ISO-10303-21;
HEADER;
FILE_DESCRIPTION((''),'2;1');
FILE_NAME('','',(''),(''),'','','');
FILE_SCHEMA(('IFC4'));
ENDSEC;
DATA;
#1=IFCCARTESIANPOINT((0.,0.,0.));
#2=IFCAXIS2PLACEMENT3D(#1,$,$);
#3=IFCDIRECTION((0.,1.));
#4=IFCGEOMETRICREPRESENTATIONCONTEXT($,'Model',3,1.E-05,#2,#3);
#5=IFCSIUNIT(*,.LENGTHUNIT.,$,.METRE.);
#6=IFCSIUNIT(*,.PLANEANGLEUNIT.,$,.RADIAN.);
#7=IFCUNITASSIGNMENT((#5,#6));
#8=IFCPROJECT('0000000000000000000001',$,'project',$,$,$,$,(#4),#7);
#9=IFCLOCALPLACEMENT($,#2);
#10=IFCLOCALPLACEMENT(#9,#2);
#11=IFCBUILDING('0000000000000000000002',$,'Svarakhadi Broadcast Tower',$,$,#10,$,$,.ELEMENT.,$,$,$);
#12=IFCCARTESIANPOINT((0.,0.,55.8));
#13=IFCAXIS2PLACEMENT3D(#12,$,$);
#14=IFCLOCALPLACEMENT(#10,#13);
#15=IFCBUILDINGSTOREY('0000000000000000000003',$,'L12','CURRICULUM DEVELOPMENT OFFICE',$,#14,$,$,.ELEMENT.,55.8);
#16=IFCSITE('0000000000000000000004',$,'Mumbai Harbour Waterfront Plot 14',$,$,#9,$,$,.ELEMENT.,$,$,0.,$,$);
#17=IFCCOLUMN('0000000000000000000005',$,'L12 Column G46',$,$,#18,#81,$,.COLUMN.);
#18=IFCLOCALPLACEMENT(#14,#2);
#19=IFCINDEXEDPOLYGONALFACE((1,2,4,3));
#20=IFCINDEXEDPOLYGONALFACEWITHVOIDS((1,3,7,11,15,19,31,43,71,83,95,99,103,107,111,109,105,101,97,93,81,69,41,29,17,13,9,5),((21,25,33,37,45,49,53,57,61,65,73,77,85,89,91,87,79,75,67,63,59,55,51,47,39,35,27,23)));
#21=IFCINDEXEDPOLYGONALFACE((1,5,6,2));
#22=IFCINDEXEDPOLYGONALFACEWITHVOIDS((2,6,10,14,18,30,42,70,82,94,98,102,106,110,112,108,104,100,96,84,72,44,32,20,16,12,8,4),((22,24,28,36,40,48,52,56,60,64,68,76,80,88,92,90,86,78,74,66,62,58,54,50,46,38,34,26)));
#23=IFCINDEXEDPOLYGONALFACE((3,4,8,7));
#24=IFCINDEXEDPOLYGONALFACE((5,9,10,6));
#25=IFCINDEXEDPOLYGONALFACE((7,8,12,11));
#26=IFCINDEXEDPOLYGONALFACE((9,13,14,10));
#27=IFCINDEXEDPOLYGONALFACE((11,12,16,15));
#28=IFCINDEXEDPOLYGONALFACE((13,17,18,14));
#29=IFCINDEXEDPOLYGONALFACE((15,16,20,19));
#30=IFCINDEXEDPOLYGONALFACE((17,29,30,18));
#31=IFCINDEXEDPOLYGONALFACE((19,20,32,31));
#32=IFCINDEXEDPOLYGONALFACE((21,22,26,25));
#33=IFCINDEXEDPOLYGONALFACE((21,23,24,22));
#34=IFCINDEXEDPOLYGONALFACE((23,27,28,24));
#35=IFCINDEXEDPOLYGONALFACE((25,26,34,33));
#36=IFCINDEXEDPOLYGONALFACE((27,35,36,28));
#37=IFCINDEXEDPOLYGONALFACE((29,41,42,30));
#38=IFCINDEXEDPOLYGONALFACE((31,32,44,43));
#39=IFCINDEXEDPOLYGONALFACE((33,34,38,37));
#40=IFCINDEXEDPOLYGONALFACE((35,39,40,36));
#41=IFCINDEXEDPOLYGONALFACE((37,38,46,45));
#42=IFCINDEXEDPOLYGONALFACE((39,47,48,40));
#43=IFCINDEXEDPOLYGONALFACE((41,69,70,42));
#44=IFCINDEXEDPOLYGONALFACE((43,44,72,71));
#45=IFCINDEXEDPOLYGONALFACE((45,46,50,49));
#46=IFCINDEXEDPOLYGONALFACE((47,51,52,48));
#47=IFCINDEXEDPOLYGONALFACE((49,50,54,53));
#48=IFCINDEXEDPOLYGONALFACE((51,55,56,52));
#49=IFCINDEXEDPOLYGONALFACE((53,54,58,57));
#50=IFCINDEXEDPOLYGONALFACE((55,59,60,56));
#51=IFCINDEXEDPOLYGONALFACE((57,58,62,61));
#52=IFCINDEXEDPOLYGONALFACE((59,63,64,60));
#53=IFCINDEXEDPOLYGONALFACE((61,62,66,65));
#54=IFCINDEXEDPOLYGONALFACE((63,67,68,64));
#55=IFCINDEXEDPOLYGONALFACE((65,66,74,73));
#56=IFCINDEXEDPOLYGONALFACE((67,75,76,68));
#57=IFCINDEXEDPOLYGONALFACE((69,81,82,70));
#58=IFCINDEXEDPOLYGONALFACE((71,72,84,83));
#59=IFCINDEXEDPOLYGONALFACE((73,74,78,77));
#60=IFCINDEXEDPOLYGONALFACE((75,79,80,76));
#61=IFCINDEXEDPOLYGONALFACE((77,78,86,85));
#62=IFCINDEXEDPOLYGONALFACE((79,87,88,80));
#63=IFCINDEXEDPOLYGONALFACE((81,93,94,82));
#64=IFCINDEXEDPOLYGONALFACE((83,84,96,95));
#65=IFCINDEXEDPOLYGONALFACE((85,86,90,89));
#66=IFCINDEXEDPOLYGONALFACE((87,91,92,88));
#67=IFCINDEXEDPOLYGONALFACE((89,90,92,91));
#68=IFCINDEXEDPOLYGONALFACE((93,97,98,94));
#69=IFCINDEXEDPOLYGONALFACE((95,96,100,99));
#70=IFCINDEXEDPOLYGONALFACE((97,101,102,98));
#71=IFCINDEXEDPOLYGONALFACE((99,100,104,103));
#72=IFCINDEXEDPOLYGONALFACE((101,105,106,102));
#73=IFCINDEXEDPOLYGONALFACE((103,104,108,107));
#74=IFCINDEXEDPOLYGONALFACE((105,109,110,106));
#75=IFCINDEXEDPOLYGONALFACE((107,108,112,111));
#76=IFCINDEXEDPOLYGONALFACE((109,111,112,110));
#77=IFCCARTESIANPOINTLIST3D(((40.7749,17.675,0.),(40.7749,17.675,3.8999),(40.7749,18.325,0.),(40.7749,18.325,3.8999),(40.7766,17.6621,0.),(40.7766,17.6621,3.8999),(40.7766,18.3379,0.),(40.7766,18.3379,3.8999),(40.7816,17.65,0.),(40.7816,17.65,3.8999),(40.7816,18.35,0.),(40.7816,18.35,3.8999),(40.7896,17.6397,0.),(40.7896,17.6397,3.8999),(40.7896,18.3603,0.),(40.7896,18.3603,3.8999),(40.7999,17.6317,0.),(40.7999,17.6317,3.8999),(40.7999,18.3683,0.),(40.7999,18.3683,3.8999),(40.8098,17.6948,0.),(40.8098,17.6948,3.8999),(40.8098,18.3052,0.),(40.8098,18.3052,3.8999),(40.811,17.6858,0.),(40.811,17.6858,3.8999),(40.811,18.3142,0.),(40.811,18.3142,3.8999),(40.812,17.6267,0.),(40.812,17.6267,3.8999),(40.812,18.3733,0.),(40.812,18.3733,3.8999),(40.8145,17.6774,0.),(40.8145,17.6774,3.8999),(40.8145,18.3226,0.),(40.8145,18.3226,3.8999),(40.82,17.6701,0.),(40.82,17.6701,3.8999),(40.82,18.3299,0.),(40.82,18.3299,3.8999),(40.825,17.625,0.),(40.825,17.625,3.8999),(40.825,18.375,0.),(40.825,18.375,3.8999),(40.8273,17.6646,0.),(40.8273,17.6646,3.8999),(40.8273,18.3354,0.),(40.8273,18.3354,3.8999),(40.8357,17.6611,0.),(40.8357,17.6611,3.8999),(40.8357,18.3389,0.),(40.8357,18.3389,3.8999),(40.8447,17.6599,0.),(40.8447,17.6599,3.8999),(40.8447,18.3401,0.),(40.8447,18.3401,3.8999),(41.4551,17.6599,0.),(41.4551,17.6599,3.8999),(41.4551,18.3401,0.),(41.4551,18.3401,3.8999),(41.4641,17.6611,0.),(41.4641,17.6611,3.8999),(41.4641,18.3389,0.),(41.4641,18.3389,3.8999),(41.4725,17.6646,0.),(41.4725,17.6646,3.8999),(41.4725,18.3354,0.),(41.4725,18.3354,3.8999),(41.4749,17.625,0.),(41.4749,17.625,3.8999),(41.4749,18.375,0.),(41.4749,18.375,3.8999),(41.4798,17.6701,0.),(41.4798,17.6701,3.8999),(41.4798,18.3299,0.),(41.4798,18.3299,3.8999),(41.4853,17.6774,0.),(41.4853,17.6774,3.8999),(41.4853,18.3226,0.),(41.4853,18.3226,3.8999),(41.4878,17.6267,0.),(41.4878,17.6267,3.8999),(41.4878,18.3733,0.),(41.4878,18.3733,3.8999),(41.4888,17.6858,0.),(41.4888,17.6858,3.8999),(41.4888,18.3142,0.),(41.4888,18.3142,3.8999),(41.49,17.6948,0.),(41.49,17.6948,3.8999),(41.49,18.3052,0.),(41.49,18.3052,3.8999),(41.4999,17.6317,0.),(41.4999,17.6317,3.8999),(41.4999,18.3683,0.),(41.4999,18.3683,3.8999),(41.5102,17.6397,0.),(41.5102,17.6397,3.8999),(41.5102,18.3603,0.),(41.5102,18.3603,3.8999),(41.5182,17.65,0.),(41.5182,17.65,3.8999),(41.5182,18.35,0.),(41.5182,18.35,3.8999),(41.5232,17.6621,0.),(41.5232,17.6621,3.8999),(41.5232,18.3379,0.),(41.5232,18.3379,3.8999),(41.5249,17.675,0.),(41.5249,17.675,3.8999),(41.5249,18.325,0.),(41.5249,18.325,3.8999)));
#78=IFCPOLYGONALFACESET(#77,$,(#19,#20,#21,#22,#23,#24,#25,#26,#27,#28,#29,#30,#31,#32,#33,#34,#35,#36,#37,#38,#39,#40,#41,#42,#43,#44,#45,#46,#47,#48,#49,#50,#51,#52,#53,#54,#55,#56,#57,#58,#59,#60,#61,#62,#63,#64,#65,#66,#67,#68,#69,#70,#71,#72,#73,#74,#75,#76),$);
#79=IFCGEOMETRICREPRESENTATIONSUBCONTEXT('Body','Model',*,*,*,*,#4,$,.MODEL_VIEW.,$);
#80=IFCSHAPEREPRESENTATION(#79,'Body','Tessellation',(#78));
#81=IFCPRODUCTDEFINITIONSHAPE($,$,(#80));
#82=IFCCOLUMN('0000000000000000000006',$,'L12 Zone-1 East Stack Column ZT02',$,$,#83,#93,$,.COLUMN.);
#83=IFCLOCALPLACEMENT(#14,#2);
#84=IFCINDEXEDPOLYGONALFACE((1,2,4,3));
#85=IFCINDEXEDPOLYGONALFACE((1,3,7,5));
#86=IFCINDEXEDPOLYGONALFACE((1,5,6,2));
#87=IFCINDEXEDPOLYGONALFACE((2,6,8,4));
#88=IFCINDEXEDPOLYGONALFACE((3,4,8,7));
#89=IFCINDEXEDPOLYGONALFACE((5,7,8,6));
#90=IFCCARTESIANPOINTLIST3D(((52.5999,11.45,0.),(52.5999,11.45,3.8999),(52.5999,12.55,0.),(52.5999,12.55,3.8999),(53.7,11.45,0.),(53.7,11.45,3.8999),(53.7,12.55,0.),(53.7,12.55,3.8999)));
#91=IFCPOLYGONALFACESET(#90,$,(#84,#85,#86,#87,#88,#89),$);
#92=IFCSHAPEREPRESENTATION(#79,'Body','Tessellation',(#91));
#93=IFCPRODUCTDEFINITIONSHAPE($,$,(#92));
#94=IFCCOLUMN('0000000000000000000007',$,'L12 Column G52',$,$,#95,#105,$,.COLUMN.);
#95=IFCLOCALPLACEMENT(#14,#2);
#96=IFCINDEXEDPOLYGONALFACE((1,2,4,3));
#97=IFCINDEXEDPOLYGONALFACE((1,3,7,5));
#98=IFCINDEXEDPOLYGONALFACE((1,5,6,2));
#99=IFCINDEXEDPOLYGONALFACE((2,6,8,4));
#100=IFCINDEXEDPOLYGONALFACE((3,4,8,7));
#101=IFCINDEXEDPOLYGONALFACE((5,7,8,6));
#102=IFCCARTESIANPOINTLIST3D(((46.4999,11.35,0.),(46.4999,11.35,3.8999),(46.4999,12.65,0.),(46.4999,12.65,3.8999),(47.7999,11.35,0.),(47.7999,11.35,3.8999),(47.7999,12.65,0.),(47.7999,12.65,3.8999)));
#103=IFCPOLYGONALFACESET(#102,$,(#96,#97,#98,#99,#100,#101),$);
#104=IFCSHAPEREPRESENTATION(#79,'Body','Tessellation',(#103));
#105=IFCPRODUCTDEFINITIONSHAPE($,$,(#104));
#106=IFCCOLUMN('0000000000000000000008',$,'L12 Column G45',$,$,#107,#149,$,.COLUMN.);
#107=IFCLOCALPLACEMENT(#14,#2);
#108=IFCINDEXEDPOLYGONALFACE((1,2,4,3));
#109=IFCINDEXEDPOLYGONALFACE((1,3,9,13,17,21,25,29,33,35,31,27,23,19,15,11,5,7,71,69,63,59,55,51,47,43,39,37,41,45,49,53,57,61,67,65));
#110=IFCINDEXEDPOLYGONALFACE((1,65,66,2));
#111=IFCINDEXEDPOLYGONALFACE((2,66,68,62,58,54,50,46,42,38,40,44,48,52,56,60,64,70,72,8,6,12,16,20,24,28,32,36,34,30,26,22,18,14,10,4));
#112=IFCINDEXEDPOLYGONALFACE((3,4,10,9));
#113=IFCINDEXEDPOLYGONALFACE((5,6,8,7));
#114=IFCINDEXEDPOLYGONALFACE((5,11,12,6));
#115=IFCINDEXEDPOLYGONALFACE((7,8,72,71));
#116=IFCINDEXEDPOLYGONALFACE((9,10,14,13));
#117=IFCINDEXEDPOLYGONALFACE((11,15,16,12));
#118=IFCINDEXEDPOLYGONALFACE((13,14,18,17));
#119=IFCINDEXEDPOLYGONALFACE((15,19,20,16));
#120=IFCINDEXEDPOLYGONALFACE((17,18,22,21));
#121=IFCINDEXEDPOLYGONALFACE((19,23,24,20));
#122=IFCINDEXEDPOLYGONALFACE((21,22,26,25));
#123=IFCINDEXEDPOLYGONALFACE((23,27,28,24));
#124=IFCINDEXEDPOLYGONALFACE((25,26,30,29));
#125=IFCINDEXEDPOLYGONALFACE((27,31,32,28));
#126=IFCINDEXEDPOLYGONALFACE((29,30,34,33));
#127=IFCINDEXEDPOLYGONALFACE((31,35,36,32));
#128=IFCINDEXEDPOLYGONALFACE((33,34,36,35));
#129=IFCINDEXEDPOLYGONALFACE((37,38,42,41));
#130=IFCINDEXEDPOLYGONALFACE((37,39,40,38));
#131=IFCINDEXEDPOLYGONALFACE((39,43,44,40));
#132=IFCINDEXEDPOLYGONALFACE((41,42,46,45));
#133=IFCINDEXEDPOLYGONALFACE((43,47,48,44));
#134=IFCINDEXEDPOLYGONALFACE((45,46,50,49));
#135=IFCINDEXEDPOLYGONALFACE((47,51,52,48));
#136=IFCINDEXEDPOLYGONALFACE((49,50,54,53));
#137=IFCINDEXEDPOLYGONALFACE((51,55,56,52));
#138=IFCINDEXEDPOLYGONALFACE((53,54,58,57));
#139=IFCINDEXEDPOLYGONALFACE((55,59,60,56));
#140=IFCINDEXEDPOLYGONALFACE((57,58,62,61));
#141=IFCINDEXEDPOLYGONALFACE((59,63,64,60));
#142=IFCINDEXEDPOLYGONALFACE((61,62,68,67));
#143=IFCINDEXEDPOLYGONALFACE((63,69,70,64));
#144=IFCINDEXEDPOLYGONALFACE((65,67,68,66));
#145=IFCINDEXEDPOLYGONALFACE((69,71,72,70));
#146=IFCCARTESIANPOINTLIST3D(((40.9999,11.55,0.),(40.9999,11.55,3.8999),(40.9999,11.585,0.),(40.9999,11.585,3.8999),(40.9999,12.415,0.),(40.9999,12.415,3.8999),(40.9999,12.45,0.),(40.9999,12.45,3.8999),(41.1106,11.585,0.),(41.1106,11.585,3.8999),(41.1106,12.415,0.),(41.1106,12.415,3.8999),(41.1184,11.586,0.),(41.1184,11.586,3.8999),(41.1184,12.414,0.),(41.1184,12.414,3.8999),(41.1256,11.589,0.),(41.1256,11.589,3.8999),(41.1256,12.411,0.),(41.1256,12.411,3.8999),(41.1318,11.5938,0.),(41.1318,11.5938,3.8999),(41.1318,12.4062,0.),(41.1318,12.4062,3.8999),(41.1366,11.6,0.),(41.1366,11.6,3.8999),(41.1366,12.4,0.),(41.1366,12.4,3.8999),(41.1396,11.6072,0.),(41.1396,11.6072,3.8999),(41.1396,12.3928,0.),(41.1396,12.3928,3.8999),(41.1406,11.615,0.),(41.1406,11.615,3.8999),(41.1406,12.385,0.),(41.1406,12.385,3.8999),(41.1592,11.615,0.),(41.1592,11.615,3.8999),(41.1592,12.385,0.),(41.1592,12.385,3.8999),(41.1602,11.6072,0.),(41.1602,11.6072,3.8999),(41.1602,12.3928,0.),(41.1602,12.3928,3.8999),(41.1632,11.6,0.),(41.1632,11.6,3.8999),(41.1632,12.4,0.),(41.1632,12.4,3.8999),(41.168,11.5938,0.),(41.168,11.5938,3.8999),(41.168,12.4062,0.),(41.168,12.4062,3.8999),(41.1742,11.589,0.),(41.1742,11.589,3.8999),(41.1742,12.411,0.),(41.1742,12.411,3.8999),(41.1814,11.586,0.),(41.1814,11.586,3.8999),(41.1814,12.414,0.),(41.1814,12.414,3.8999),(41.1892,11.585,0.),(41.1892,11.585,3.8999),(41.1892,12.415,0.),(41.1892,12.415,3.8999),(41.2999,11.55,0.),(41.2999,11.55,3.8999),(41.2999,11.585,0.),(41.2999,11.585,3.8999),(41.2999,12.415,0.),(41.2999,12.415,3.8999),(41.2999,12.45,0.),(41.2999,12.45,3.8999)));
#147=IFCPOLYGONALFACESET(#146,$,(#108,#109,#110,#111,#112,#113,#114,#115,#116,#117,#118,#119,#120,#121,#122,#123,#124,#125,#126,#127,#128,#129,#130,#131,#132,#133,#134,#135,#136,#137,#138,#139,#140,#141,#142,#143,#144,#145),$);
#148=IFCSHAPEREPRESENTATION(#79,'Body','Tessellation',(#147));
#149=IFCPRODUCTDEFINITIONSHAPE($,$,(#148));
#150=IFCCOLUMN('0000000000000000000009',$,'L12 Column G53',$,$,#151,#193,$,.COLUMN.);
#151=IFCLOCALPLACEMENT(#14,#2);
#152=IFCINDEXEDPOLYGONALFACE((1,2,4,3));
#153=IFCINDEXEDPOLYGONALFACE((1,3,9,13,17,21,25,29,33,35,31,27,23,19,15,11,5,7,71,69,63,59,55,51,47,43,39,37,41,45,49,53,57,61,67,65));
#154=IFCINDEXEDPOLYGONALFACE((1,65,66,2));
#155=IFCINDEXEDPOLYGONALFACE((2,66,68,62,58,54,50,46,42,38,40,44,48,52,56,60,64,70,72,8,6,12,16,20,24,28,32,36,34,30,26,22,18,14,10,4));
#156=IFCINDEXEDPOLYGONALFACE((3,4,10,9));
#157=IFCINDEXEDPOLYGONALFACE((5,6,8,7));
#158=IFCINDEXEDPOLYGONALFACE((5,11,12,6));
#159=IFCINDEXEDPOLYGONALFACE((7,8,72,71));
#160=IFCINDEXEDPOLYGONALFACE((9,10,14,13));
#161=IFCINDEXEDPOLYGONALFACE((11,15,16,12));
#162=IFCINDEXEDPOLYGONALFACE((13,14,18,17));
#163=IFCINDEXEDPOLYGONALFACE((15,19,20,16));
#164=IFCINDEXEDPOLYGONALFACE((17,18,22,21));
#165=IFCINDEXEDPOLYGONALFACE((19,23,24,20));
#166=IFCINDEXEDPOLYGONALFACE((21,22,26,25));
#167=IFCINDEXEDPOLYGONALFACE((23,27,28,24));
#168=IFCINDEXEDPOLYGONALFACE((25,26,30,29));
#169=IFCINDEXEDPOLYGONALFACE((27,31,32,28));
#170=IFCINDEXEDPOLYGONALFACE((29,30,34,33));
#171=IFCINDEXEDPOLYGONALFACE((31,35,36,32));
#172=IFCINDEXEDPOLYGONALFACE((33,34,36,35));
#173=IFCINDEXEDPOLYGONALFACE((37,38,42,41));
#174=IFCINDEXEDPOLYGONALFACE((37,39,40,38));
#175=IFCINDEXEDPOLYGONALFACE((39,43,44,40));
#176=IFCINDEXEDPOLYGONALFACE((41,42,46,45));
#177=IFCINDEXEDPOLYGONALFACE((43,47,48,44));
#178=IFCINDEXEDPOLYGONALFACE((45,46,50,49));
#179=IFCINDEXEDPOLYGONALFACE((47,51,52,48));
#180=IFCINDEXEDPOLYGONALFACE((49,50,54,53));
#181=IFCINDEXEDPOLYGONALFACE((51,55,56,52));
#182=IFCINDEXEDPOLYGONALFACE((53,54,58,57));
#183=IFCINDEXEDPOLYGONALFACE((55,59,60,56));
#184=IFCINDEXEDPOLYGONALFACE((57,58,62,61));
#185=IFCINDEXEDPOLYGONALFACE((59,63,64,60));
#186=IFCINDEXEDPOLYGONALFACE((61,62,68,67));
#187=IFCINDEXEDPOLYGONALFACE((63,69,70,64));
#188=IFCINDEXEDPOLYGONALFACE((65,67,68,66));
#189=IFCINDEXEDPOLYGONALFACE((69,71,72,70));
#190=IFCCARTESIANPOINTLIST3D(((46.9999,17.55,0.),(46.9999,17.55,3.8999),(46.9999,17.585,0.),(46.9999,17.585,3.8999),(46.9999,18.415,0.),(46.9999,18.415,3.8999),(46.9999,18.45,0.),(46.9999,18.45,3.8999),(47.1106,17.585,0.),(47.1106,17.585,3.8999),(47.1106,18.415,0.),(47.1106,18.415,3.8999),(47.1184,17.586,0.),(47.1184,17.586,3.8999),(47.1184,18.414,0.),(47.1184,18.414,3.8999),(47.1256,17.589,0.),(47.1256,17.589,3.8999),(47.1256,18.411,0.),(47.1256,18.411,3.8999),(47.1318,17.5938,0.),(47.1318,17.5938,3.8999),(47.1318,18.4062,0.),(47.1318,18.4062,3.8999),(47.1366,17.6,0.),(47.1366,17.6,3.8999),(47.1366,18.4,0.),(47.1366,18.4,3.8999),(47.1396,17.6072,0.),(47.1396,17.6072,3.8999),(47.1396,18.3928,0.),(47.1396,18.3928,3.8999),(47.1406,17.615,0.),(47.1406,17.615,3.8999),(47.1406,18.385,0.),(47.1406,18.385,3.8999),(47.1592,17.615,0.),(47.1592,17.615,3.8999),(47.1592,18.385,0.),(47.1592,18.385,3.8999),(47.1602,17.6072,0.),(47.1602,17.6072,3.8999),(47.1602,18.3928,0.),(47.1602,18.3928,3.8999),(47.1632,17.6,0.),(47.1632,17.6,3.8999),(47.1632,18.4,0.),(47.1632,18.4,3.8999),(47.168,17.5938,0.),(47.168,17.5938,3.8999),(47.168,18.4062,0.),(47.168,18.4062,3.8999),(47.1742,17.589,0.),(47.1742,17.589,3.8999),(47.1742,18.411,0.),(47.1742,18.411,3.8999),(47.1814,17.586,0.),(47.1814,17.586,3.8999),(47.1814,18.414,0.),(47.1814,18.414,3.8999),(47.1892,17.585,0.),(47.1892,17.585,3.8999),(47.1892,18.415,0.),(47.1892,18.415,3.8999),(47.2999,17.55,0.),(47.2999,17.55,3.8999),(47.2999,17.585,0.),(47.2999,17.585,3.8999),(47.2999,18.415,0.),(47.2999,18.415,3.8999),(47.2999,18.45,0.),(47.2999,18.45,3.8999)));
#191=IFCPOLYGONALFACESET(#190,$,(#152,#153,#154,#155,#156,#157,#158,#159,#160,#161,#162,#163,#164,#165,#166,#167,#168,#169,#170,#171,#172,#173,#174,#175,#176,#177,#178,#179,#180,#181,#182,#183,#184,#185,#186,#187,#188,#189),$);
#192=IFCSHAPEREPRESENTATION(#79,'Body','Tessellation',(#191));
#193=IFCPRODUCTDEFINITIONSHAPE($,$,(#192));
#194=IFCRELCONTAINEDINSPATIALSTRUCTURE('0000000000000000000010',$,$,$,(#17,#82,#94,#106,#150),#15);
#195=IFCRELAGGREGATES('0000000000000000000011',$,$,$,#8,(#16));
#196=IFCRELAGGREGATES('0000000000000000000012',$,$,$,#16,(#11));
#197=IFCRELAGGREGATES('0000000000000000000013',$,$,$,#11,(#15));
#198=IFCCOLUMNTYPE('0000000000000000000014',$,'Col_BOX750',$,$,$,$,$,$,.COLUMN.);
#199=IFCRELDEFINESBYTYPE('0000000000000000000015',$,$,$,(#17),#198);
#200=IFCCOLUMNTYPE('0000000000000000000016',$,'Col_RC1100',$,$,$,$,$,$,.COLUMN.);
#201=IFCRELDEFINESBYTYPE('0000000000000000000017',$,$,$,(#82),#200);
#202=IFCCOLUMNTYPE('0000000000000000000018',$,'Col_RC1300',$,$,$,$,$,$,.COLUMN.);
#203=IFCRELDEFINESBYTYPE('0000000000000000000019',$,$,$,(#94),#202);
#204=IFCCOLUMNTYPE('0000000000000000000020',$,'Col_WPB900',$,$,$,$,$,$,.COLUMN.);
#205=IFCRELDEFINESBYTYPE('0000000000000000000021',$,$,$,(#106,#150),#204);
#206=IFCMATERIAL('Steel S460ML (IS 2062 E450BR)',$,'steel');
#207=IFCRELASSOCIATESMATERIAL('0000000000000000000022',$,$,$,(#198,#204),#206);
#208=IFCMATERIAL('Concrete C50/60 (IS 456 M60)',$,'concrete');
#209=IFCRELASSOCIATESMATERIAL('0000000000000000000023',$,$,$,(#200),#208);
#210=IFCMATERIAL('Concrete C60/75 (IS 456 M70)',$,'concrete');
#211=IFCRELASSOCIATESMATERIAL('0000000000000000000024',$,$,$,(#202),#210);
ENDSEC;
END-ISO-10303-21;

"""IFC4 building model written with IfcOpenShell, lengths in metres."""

from ifc_helpers import new_model, si_unit, direction, frame, origin, origin_2d, place, context, subcontext, project, spatial, rectangle, hollow_rectangle, i_section, extrude, material, material_profile, profile_set, type_object, element, save


model = new_model("IFC4")

# Units and contexts
model_context = context("Model", 3, precision=1e-05, world=origin(), true_north=direction((0.0, 1.0)))
body_context = subcontext(model_context, "Body", "Model", "MODEL_VIEW")
ifc_project = project(units=[si_unit("LENGTHUNIT", "METRE"), si_unit("PLANEANGLEUNIT", "RADIAN")], contexts=[model_context])

# Site, building, storey
site_placement = place(None, origin())
site = spatial("IfcSite", under=ifc_project, at=site_placement, Name="Mumbai Harbour Waterfront Plot 14", CompositionType="ELEMENT", RefElevation=0.0)
building_placement = place(site_placement, origin())
building = spatial("IfcBuilding", under=site, at=building_placement, Name="Svarakhadi Broadcast Tower", CompositionType="ELEMENT")
storey_placement = place(building_placement, frame((0.0, 0.0, 55.8)))
storey = spatial("IfcBuildingStorey", under=building, at=storey_placement, Name="L12", Description="CURRICULUM DEVELOPMENT OFFICE", CompositionType="ELEMENT", Elevation=55.8)

# Columns
ifc_material_1 = material(Name="Steel S460ML (IS 2062 E450BR)", Category="steel")
ifc_material_profile_1 = material_profile(ifc_material_1, hollow_rectangle(XDim=0.75, YDim=0.75, WallThickness=0.0349, InnerFilletRadius=0.0349, OuterFilletRadius=0.05, at=origin_2d()), Name="BOX 750x750x35")
ifc_profile_set_1 = profile_set([ifc_material_profile_1], Name="Steel S460ML (IS 2062 E450BR)")
column_type_1 = type_object("IfcColumnType", Name="Col_BOX750", PredefinedType="COLUMN", material=ifc_profile_set_1)
column_1_placement = place(storey_placement, frame((41.1499, 18.0, 0.0), z_axis=(0.0, 0.0, 1.0), x_axis=(1.0, 0.0, 0.0)))
element("IfcColumn", 1, at=column_1_placement, inside=storey, type_object=column_type_1, Name="L12 Column G46", PredefinedType="COLUMN", context=body_context, shape_type="SweptSolid", body=[
    extrude(hollow_rectangle(XDim=0.75, YDim=0.75, WallThickness=0.0349, InnerFilletRadius=0.0349, OuterFilletRadius=0.05, at=origin_2d()), origin(), (0.0, 0.0, 1.0), 3.8999),
])
ifc_material_2 = material(Name="Concrete C50/60 (IS 456 M60)", Category="concrete")
ifc_material_profile_2 = material_profile(ifc_material_2, rectangle(XDim=1.1001, YDim=1.1001, at=origin_2d()), Name="RC 1100x1100")
ifc_profile_set_2 = profile_set([ifc_material_profile_2], Name="Concrete C50/60 (IS 456 M60)")
column_type_2 = type_object("IfcColumnType", Name="Col_RC1100", PredefinedType="COLUMN", material=ifc_profile_set_2)
column_2_placement = place(storey_placement, frame((53.1499, 12.0, 0.0), z_axis=(0.0, 0.0, 1.0), x_axis=(1.0, 0.0, 0.0)))
element("IfcColumn", 2, at=column_2_placement, inside=storey, type_object=column_type_2, Name="L12 Zone-1 East Stack Column ZT02", PredefinedType="COLUMN", context=body_context, shape_type="SweptSolid", body=[
    extrude(rectangle(XDim=1.1001, YDim=1.1001, at=origin_2d()), origin(), (0.0, 0.0, 1.0), 3.8999),
])
ifc_material_3 = material(Name="Concrete C60/75 (IS 456 M70)", Category="concrete")
ifc_material_profile_3 = material_profile(ifc_material_3, rectangle(XDim=1.3, YDim=1.3, at=origin_2d()), Name="RC 1300x1300")
ifc_profile_set_3 = profile_set([ifc_material_profile_3], Name="Concrete C60/75 (IS 456 M70)")
column_type_3 = type_object("IfcColumnType", Name="Col_RC1300", PredefinedType="COLUMN", material=ifc_profile_set_3)
column_3_placement = place(storey_placement, frame((47.1499, 12.0, 0.0), z_axis=(0.0, 0.0, 1.0), x_axis=(1.0, 0.0, 0.0)))
element("IfcColumn", 3, at=column_3_placement, inside=storey, type_object=column_type_3, Name="L12 Column G52", PredefinedType="COLUMN", context=body_context, shape_type="SweptSolid", body=[
    extrude(rectangle(XDim=1.3, YDim=1.3, at=origin_2d()), origin(), (0.0, 0.0, 1.0), 3.8999),
])
ifc_material_profile_4 = material_profile(ifc_material_1, i_section(OverallWidth=0.3, OverallDepth=0.8999, WebThickness=0.0186, FlangeThickness=0.0349, FilletRadius=0.03, at=origin_2d()), Name="WPB 900x300x291")
ifc_profile_set_4 = profile_set([ifc_material_profile_4], Name="Steel S460ML (IS 2062 E450BR)")
column_type_4 = type_object("IfcColumnType", Name="Col_WPB900", PredefinedType="COLUMN", material=ifc_profile_set_4)
for number, where, z_axis, x_axis, name in (
    (4, (41.1499, 12.0, 0.0), (0.0, 0.0, 1.0), (1.0, 0.0, 0.0), "L12 Column G45"),
    (5, (47.1499, 18.0, 0.0), (0.0, 0.0, 1.0), (1.0, 0.0, 0.0), "L12 Column G53"),
):
    element("IfcColumn", number, at=place(storey_placement, frame(where, z_axis=z_axis, x_axis=x_axis)), inside=storey, type_object=column_type_4, Name=name, PredefinedType="COLUMN", context=body_context, shape_type="SweptSolid", body=[
        extrude(i_section(OverallWidth=0.3, OverallDepth=0.8999, WebThickness=0.0186, FlangeThickness=0.0349, FilletRadius=0.03, at=origin_2d()), origin(), (0.0, 0.0, 1.0), 3.8999),
    ])

save(model, "model.ifc")
